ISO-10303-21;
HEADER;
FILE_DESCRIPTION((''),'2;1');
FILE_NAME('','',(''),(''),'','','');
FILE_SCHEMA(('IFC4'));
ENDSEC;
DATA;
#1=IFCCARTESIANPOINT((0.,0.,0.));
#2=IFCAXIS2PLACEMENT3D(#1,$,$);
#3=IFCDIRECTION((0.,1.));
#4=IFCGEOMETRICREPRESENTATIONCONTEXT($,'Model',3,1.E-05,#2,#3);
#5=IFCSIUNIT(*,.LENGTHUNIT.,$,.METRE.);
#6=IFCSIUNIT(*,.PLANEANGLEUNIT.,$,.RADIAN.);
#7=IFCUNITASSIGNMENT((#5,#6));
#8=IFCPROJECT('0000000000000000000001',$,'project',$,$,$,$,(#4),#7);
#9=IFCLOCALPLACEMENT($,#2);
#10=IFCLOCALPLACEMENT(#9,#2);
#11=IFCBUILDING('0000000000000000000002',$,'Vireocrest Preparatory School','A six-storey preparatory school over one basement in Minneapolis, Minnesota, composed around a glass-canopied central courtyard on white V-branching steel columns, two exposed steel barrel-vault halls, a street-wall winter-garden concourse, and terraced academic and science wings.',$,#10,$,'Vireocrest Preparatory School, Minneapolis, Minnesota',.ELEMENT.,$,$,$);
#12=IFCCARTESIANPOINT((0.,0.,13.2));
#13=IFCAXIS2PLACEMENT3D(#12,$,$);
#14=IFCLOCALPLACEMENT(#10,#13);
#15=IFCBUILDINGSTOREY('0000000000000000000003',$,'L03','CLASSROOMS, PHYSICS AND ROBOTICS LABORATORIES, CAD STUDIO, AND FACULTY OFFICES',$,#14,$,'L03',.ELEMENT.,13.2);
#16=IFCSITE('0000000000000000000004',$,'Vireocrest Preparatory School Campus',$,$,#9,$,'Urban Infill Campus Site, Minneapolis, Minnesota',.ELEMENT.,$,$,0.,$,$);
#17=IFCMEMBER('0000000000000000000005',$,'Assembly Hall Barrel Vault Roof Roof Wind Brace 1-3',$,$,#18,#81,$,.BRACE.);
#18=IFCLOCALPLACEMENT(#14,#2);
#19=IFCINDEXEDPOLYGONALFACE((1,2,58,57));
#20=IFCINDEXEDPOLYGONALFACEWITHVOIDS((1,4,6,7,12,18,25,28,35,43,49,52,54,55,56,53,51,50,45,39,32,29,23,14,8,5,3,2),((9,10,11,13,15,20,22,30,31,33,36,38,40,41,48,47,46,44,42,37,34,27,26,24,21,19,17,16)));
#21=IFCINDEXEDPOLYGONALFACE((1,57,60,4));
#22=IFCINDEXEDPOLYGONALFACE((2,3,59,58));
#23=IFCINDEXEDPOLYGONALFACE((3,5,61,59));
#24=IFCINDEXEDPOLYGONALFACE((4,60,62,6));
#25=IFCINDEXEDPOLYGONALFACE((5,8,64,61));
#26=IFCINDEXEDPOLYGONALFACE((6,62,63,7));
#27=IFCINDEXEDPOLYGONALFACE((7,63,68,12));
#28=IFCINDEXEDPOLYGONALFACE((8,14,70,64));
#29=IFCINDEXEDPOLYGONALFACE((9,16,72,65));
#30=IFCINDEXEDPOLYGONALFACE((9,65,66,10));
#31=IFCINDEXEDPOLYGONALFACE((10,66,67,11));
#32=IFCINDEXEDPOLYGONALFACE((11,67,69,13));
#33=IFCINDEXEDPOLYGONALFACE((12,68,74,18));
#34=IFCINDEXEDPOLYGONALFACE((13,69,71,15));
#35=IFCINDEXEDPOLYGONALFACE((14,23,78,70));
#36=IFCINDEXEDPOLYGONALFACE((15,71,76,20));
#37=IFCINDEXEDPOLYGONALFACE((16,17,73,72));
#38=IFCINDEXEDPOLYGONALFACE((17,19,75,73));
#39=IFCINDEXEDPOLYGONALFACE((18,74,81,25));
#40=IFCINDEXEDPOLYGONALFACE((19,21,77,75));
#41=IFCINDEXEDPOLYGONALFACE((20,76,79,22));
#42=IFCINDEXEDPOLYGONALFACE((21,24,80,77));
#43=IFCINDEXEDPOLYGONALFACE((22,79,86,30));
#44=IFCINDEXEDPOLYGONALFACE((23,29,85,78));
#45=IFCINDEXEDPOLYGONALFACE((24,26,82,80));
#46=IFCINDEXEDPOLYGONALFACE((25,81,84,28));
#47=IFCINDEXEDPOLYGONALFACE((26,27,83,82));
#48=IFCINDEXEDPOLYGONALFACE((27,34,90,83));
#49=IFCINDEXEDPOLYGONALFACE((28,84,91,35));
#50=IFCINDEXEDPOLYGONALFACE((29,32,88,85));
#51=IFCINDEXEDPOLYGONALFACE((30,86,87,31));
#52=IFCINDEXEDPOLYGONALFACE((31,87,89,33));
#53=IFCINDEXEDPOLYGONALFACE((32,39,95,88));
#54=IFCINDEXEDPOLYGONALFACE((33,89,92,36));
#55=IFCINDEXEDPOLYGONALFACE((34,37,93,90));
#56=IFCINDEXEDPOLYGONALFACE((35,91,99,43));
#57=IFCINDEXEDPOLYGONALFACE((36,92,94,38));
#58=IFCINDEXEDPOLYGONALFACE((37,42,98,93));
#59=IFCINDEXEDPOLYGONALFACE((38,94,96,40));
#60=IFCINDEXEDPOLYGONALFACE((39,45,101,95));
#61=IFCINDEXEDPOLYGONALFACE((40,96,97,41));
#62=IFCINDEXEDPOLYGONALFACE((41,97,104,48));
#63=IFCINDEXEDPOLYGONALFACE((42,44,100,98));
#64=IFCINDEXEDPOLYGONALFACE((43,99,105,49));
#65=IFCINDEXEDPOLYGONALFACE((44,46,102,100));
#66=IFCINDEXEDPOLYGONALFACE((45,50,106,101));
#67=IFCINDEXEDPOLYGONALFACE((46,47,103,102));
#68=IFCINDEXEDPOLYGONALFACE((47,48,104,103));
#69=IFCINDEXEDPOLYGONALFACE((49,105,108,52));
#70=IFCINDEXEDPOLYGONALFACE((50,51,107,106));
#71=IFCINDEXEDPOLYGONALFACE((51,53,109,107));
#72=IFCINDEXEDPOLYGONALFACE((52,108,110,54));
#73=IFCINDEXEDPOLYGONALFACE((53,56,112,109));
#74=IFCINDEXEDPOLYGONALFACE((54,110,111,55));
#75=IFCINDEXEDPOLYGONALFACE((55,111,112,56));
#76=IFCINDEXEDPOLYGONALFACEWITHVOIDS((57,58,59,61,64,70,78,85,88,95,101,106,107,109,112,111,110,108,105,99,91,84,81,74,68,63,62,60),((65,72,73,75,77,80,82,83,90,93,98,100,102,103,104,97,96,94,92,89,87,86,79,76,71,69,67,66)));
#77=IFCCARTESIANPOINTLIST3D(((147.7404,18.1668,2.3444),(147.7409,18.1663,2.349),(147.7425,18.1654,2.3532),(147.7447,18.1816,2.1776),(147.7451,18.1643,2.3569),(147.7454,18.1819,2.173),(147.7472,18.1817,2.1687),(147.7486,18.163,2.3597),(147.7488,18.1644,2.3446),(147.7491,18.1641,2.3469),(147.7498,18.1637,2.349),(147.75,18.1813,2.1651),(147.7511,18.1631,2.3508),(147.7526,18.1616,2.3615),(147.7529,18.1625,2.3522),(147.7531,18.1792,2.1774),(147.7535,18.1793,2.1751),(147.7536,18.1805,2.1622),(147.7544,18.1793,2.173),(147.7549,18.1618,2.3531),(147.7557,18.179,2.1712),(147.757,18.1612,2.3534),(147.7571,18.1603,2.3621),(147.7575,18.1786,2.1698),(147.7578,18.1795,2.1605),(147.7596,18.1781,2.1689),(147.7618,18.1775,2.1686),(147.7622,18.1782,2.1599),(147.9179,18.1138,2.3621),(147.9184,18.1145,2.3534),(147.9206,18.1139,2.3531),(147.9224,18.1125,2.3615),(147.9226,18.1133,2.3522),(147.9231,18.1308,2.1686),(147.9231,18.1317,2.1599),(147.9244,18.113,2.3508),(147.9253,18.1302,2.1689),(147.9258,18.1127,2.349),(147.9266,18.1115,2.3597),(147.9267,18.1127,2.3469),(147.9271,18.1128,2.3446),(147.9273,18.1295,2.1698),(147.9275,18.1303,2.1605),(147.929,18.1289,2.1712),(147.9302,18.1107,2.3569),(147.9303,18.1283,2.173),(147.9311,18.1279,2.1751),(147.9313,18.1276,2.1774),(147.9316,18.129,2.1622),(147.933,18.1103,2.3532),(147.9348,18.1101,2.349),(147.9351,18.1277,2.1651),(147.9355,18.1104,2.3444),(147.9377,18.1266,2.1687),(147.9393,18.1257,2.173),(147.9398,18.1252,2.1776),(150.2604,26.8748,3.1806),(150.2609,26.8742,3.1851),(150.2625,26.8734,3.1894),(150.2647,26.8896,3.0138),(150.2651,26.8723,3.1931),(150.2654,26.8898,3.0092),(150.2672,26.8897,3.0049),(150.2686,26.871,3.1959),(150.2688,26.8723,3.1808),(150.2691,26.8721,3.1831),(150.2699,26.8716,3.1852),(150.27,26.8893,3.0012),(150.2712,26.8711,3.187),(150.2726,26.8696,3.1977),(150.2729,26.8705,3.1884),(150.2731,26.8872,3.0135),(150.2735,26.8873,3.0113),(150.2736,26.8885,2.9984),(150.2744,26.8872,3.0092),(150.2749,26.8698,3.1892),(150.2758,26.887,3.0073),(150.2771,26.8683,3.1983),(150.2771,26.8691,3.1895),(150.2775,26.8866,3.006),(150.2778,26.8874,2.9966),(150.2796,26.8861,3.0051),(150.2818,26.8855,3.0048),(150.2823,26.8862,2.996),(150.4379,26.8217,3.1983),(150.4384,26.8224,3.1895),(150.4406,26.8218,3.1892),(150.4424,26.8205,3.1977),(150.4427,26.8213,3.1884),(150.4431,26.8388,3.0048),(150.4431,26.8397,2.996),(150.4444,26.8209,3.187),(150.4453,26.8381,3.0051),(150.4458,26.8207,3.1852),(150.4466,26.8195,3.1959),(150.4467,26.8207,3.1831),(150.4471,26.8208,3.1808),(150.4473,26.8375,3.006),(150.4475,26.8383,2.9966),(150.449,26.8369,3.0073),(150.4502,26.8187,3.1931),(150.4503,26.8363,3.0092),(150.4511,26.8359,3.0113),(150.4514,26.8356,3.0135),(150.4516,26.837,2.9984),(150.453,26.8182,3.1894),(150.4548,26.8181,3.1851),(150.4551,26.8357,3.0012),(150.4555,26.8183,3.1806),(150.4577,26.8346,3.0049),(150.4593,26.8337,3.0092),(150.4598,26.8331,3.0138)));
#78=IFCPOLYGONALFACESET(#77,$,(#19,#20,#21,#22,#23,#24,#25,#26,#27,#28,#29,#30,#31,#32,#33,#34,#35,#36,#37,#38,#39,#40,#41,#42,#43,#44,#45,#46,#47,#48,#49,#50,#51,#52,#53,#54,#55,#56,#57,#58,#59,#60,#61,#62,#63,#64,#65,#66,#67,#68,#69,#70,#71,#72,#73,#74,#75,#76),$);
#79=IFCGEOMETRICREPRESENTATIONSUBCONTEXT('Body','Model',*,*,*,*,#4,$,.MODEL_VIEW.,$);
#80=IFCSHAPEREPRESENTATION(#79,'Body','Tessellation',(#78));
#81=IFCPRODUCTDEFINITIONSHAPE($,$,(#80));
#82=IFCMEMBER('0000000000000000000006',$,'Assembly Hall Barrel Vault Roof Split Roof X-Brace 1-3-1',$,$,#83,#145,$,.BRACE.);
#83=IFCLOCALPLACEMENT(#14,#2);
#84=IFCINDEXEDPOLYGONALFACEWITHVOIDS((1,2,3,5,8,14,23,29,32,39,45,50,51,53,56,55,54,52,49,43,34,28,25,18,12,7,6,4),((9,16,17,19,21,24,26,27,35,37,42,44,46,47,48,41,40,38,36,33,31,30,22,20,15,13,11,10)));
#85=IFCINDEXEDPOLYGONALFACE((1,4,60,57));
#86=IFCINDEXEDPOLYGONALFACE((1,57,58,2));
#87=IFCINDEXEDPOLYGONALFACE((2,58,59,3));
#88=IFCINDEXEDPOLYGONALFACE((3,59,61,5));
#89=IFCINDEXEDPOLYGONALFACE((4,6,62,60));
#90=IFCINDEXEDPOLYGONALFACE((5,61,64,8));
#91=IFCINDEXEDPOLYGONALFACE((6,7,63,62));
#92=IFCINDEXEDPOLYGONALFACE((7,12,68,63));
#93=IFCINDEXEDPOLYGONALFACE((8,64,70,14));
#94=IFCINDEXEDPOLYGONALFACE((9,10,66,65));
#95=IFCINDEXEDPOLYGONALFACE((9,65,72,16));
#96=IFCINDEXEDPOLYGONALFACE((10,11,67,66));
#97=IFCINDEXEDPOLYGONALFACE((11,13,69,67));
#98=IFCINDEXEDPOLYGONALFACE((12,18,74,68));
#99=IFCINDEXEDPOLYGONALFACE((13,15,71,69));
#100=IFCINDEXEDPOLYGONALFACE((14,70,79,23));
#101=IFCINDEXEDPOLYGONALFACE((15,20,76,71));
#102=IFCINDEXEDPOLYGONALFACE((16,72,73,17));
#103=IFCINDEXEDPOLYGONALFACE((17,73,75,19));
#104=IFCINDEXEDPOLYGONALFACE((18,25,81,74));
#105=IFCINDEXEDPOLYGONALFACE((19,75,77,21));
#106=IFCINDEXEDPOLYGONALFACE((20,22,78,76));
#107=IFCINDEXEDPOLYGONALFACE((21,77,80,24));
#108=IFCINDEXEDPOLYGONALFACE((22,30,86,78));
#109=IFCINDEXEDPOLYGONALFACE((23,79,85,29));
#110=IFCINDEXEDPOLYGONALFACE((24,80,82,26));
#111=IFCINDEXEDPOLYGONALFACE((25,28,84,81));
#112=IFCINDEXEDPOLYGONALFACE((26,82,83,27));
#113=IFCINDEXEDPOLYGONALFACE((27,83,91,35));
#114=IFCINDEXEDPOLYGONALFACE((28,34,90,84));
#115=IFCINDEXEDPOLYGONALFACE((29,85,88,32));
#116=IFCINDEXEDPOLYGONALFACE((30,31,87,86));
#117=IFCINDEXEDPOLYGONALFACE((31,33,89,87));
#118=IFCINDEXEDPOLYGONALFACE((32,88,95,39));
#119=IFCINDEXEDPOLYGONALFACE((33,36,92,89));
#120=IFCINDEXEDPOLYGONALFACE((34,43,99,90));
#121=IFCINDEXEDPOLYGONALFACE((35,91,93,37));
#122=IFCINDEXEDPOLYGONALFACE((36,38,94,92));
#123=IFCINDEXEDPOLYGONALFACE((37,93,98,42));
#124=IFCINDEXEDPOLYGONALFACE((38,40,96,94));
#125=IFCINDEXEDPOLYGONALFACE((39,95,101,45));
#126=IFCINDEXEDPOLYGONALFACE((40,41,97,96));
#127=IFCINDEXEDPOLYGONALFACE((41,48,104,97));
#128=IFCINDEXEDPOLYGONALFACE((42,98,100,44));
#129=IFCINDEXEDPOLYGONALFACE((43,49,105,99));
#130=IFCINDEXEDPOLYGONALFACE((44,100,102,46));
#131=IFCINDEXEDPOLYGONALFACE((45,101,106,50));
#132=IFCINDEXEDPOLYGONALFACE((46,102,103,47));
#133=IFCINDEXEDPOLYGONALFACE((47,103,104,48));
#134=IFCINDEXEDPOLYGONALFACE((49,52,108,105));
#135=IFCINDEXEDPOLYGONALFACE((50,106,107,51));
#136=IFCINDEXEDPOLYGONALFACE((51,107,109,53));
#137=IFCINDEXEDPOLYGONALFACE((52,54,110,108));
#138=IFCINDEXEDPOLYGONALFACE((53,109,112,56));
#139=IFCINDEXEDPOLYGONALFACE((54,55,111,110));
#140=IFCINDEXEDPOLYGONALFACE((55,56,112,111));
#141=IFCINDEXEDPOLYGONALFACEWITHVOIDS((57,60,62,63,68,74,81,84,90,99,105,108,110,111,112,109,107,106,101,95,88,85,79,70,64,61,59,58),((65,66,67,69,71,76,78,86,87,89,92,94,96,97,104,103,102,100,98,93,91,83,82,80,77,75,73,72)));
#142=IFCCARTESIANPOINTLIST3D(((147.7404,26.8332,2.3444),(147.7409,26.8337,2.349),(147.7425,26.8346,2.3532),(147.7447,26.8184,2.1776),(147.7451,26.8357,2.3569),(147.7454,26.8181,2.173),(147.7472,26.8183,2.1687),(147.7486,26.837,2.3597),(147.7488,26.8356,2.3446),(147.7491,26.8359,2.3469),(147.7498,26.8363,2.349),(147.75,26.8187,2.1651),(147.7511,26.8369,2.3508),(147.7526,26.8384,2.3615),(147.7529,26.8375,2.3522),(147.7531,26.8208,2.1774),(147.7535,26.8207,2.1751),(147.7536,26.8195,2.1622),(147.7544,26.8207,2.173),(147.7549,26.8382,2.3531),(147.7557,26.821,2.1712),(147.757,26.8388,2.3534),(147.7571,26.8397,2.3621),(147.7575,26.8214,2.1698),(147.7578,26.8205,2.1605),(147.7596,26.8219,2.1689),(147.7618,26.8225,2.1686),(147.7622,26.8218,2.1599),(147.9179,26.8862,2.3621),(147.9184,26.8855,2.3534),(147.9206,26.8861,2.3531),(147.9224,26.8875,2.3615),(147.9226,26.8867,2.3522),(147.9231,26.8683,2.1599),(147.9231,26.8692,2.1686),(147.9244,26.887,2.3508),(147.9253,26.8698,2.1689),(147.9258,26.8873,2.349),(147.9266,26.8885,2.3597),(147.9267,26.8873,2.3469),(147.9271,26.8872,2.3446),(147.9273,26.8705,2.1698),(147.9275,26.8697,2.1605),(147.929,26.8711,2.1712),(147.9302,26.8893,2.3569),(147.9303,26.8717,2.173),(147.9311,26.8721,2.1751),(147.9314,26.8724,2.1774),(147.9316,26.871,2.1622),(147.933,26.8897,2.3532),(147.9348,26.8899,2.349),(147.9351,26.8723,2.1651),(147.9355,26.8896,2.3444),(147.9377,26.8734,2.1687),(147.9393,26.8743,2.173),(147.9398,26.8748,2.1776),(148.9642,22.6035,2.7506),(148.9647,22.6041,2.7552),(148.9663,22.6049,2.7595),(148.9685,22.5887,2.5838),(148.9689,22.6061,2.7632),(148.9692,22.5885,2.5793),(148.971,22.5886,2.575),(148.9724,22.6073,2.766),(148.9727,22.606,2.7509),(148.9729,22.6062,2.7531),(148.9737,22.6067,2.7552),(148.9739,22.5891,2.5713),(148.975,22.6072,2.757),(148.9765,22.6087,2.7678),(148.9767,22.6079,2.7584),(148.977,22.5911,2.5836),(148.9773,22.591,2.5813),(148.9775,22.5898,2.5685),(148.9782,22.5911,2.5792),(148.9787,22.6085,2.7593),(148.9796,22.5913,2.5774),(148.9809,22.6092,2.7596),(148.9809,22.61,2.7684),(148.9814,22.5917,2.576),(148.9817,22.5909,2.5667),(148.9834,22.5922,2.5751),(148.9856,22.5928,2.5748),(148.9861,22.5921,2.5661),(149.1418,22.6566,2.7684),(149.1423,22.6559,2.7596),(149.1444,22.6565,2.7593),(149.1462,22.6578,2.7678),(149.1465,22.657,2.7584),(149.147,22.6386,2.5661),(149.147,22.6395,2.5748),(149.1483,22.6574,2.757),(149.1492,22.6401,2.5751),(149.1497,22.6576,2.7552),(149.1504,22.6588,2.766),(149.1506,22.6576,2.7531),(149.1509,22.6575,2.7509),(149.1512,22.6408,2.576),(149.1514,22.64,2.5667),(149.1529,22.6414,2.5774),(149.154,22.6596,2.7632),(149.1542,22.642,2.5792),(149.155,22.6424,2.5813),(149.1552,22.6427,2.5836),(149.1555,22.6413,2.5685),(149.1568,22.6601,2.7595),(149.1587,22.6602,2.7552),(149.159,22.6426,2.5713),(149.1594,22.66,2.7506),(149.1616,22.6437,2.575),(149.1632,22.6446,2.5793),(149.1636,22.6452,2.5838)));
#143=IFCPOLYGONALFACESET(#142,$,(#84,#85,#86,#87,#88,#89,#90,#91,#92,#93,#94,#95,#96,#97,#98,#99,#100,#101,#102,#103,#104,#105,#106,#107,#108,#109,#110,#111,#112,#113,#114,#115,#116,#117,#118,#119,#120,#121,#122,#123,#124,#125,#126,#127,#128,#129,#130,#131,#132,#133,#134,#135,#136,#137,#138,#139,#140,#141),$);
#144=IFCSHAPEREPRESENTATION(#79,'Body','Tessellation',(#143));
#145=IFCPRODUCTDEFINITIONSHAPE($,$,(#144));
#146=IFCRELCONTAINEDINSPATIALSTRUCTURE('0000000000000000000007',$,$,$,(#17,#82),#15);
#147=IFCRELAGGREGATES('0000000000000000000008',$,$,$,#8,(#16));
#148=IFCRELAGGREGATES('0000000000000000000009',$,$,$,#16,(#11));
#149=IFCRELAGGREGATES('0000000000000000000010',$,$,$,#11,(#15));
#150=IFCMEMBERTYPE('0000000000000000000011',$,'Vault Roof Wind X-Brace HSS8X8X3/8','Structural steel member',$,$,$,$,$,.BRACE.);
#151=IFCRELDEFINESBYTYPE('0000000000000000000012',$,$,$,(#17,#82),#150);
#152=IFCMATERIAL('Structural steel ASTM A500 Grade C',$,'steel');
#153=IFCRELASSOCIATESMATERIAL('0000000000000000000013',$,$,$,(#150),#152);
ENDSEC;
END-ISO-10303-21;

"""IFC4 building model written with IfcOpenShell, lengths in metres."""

from ifc_helpers import new_model, si_unit, direction, frame, origin, origin_2d, place, context, subcontext, project, spatial, hollow_rectangle, extrude, material, material_profile, profile_set, type_object, element, save


model = new_model("IFC4")

# Units and contexts
model_context = context("Model", 3, precision=1e-05, world=origin(), true_north=direction((0.0, 1.0)))
body_context = subcontext(model_context, "Body", "Model", "MODEL_VIEW")
ifc_project = project(units=[si_unit("LENGTHUNIT", "METRE"), si_unit("PLANEANGLEUNIT", "RADIAN")], contexts=[model_context])

# Site, building, storey
site_placement = place(None, origin())
site = spatial("IfcSite", under=ifc_project, at=site_placement, Name="Vireocrest Preparatory School Campus", LongName="Urban Infill Campus Site, Minneapolis, Minnesota", CompositionType="ELEMENT", RefElevation=0.0)
building_placement = place(site_placement, origin())
building = spatial("IfcBuilding", under=site, at=building_placement, Name="Vireocrest Preparatory School", Description="A six-storey preparatory school over one basement in Minneapolis, Minnesota, composed around a glass-canopied central courtyard on white V-branching steel columns, two exposed steel barrel-vault halls, a street-wall winter-garden concourse, and terraced academic and science wings.", LongName="Vireocrest Preparatory School, Minneapolis, Minnesota", CompositionType="ELEMENT")
storey_placement = place(building_placement, frame((0.0, 0.0, 13.2)))
storey = spatial("IfcBuildingStorey", under=building, at=storey_placement, Name="L03", Description="CLASSROOMS, PHYSICS AND ROBOTICS LABORATORIES, CAD STUDIO, AND FACULTY OFFICES", LongName="L03", CompositionType="ELEMENT", Elevation=13.2)

# Shared definitions
ifc_material_1 = material(Name="Structural steel ASTM A500 Grade C", Category="steel")

# Members
ifc_material_profile_1 = material_profile(ifc_material_1, hollow_rectangle(XDim=0.2031, YDim=0.2031, WallThickness=0.0088, InnerFilletRadius=0.0088, OuterFilletRadius=0.0178, at=origin_2d()), Name="HSS8X8X3/8")
ifc_profile_set_1 = profile_set([ifc_material_profile_1], Name="Structural steel ASTM A500 Grade C")
member_type_1 = type_object("IfcMemberType", Name="Vault Roof Wind X-Brace HSS8X8X3/8", Description="Structural steel member", PredefinedType="BRACE", material=ifc_profile_set_1)
member_1_placement = place(storey_placement, frame((147.8401, 18.146, 2.261), z_axis=(0.27681, 0.956525, 0.09185), x_axis=(-0.960585, 0.277985, 0.0)))
element("IfcMember", 1, at=member_1_placement, inside=storey, type_object=member_type_1, Name="Assembly Hall Barrel Vault Roof Roof Wind Brace 1-3", PredefinedType="BRACE", context=body_context, shape_type="SweptSolid", body=[
    extrude(hollow_rectangle(XDim=0.2031, YDim=0.2031, WallThickness=0.0088, InnerFilletRadius=0.0088, OuterFilletRadius=0.0178, at=origin_2d()), origin(), (0.0, 0.0, 1.0), 9.1038),
])
member_2_placement = place(storey_placement, frame((147.8401, 26.854, 2.261), z_axis=(0.276774, -0.956533, 0.091871), x_axis=(0.960596, 0.277949, 0.0)))
element("IfcMember", 2, at=member_2_placement, inside=storey, type_object=member_type_1, Name="Assembly Hall Barrel Vault Roof Split Roof X-Brace 1-3-1", PredefinedType="BRACE", context=body_context, shape_type="SweptSolid", body=[
    extrude(hollow_rectangle(XDim=0.2031, YDim=0.2031, WallThickness=0.0088, InnerFilletRadius=0.0088, OuterFilletRadius=0.0178, at=origin_2d()), origin(), (0.0, 0.0, 1.0), 4.4219),
])

save(model, "model.ifc")
